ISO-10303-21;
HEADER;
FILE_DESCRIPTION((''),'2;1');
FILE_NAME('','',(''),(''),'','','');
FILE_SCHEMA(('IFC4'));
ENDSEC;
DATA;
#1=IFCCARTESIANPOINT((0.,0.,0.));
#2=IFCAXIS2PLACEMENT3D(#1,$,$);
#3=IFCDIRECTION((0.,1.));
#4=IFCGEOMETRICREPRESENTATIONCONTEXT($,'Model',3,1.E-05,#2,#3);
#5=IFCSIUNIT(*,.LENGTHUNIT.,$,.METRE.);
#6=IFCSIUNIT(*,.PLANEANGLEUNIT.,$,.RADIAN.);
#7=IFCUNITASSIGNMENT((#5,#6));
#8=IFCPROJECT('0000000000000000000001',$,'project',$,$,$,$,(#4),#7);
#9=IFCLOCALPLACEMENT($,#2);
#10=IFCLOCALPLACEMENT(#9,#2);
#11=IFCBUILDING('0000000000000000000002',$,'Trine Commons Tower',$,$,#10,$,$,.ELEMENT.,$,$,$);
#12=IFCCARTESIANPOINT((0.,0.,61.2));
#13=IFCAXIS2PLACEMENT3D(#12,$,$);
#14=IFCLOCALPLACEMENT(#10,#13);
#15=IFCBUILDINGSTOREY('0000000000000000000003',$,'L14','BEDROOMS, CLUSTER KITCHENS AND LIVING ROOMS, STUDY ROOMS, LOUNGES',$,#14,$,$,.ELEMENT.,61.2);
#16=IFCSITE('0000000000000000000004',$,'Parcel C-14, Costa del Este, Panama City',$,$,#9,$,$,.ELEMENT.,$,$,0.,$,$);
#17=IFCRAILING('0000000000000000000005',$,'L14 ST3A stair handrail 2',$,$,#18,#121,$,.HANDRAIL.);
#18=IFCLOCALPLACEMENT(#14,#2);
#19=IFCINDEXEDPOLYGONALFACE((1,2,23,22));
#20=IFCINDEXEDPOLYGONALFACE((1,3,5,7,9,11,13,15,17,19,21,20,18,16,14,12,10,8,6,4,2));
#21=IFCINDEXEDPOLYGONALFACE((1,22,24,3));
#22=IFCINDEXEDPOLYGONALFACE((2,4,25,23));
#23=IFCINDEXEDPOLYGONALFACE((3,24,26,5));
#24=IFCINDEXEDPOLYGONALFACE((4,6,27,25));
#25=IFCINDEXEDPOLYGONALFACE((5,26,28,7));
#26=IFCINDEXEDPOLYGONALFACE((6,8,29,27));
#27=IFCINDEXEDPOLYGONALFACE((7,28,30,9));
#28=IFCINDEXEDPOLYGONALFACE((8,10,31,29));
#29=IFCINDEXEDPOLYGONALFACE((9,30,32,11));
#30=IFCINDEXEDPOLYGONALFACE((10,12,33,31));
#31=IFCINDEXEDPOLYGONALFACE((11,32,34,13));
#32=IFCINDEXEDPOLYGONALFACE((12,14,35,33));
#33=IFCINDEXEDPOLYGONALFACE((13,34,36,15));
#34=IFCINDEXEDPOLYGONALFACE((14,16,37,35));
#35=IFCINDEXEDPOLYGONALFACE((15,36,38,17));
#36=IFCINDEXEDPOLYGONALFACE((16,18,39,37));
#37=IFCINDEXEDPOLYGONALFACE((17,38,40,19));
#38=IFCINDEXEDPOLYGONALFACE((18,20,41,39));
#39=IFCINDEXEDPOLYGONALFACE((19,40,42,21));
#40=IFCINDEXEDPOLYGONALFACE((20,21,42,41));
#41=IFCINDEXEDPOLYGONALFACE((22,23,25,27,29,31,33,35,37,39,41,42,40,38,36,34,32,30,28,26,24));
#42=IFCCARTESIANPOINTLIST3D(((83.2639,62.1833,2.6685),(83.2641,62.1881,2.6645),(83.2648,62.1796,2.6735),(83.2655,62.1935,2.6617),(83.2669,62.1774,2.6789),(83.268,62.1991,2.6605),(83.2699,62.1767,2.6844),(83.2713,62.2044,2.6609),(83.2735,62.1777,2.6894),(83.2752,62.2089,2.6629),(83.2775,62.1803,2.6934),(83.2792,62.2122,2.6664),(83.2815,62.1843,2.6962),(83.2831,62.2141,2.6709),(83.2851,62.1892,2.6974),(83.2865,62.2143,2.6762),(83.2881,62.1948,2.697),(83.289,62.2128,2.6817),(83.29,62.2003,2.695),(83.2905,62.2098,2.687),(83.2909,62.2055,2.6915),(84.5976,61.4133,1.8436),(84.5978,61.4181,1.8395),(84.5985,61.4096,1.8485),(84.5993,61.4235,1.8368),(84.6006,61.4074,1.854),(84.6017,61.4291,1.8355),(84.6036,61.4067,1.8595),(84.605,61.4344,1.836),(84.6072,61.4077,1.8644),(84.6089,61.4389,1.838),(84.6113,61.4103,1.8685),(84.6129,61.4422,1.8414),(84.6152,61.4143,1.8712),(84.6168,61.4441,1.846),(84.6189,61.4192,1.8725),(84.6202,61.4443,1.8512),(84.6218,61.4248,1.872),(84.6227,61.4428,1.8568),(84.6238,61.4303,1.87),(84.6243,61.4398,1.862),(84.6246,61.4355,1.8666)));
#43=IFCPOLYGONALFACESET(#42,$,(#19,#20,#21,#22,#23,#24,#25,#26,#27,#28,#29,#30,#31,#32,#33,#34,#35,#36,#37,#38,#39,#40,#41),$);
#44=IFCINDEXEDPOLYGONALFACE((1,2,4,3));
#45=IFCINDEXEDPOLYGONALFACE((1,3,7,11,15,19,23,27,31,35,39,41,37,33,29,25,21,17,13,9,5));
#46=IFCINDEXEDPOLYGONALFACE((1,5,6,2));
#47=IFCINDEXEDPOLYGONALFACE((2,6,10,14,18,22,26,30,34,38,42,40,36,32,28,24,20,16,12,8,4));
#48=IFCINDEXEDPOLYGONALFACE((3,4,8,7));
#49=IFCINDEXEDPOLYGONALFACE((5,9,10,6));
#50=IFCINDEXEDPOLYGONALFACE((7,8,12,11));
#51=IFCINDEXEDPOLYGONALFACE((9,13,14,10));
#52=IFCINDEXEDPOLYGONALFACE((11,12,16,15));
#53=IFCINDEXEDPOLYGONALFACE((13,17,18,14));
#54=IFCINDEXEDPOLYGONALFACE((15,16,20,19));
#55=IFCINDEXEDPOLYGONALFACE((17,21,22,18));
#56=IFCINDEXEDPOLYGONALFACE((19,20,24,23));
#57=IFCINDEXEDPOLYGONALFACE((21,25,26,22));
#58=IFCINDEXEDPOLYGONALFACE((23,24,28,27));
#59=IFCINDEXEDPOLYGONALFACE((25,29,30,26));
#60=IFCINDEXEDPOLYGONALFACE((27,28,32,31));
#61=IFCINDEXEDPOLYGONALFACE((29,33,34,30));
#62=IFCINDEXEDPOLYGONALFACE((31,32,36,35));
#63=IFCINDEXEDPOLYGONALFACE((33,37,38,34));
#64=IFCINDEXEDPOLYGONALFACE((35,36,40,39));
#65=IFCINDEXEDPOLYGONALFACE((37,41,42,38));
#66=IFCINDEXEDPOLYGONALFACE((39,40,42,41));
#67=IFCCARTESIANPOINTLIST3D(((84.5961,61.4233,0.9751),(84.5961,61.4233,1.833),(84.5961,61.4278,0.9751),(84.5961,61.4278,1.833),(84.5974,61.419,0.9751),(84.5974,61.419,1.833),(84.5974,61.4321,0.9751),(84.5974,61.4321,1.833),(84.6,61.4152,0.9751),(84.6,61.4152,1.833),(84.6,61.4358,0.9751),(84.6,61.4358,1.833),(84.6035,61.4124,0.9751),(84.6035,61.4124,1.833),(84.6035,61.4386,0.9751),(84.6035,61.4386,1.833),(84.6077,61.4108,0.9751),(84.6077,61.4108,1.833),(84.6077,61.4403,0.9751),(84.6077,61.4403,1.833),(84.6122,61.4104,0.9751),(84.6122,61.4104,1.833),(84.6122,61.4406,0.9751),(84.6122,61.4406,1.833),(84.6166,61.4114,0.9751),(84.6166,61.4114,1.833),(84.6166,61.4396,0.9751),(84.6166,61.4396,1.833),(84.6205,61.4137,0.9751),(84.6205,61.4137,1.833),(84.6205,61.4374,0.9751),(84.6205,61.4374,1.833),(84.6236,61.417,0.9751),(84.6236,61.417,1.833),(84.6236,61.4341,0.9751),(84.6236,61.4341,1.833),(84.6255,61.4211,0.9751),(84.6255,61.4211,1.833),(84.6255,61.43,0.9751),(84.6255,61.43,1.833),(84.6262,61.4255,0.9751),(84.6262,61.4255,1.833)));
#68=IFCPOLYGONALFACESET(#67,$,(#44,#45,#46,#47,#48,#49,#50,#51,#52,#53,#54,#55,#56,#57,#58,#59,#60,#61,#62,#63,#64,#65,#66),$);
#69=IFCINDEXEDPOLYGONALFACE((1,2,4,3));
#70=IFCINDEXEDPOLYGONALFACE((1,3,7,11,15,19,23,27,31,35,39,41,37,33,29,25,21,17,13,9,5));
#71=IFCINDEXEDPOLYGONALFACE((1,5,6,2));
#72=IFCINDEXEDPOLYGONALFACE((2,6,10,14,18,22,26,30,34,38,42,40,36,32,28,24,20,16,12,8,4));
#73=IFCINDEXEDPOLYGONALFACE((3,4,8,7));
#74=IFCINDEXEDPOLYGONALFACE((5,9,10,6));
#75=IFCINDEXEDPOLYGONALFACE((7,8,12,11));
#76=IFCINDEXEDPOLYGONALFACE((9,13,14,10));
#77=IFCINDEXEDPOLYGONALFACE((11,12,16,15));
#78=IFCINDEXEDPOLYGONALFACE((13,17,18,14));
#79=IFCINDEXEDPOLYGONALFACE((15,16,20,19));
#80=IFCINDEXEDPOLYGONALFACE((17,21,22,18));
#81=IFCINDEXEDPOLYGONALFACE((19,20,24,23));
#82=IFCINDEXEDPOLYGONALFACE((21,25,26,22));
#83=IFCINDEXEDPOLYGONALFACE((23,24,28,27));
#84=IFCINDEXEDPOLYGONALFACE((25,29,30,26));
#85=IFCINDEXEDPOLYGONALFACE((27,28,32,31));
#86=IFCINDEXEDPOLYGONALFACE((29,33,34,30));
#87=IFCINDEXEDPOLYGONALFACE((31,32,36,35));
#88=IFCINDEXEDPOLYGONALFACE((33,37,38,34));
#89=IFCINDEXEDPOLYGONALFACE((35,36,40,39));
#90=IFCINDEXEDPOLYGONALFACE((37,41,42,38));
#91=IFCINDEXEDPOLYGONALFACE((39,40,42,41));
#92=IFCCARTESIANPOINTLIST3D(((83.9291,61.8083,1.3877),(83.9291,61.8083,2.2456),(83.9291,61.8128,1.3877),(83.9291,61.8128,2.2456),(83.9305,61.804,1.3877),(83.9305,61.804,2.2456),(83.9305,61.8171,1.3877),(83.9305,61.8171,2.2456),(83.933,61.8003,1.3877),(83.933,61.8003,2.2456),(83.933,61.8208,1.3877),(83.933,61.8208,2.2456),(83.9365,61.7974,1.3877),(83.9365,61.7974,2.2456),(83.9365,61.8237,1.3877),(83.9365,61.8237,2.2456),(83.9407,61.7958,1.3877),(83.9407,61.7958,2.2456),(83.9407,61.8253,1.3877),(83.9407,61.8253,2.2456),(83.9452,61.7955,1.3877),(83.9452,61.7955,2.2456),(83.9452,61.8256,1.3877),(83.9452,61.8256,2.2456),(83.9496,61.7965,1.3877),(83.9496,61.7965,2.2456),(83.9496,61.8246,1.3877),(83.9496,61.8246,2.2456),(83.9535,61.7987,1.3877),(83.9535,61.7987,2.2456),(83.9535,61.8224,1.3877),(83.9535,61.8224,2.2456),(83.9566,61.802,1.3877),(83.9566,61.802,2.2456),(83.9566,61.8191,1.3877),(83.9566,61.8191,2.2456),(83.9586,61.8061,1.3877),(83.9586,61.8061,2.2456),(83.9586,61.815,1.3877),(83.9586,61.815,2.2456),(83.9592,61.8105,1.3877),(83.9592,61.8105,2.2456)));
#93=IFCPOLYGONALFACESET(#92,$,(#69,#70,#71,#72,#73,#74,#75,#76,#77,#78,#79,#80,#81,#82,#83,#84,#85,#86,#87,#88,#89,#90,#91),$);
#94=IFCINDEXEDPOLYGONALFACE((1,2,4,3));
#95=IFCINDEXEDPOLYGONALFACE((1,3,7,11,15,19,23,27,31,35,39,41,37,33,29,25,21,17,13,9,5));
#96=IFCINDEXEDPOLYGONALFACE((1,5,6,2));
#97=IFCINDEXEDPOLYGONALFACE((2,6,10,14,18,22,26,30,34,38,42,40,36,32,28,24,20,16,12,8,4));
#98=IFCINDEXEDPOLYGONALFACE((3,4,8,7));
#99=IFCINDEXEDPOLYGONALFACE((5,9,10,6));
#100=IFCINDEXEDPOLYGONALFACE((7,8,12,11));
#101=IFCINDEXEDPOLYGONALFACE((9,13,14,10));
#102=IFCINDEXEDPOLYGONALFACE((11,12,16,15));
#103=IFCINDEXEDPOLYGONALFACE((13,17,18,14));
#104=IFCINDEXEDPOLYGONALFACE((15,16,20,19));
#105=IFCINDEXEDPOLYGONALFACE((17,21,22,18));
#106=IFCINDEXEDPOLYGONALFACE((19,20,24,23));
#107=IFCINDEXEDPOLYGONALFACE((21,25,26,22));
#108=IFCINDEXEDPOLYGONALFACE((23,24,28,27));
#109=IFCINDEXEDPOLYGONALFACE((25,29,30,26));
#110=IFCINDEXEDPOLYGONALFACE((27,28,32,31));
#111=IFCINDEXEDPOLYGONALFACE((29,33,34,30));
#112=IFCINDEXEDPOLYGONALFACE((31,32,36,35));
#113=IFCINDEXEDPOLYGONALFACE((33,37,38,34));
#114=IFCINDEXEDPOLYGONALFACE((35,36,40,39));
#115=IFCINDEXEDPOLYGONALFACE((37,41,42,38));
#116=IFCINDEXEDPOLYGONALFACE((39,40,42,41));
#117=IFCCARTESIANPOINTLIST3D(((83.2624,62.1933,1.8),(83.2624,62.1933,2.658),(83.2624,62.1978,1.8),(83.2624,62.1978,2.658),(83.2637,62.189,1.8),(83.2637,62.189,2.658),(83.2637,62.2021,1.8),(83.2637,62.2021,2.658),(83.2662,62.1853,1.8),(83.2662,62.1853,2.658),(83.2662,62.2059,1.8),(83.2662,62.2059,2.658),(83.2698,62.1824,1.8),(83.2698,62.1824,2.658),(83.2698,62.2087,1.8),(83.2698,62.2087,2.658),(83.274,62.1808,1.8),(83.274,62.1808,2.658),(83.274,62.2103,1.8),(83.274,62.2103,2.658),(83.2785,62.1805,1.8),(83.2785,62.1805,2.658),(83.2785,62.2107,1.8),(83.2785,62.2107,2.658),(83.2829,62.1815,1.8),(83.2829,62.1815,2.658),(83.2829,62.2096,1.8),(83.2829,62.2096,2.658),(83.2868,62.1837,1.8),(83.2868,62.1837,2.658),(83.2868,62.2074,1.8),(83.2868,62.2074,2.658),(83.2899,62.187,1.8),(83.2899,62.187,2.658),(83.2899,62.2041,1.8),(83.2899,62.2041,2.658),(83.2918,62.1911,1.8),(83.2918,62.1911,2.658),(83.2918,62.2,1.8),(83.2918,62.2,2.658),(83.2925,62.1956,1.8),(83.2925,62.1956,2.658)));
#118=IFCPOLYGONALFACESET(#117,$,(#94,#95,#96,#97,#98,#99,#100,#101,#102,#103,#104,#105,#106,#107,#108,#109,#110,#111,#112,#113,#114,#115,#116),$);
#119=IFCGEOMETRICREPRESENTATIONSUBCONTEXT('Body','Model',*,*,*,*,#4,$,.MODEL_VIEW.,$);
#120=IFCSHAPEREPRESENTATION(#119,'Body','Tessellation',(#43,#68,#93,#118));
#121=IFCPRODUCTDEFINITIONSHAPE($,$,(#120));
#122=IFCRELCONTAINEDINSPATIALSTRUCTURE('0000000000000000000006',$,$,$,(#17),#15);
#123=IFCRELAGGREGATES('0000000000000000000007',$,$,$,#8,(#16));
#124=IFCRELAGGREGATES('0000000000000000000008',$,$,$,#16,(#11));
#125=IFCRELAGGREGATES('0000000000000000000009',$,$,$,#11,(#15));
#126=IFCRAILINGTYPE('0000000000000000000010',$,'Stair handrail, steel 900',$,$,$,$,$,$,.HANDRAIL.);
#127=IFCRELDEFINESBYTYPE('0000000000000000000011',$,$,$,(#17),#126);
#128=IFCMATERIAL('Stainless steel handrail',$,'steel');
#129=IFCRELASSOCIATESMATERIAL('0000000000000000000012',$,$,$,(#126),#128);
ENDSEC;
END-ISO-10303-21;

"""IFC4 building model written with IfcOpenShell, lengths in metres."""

from ifc_helpers import new_model, si_unit, direction, frame, origin, origin_2d, place, context, subcontext, project, spatial, circle, extrude, material, type_object, element, save


model = new_model("IFC4")

# Units and contexts
model_context = context("Model", 3, precision=1e-05, world=origin(), true_north=direction((0.0, 1.0)))
body_context = subcontext(model_context, "Body", "Model", "MODEL_VIEW")
ifc_project = project(units=[si_unit("LENGTHUNIT", "METRE"), si_unit("PLANEANGLEUNIT", "RADIAN")], contexts=[model_context])

# Site, building, storey
site_placement = place(None, origin())
site = spatial("IfcSite", under=ifc_project, at=site_placement, Name="Parcel C-14, Costa del Este, Panama City", CompositionType="ELEMENT", RefElevation=0.0)
building_placement = place(site_placement, origin())
building = spatial("IfcBuilding", under=site, at=building_placement, Name="Trine Commons Tower", CompositionType="ELEMENT")
storey_placement = place(building_placement, frame((0.0, 0.0, 61.2)))
storey = spatial("IfcBuildingStorey", under=building, at=storey_placement, Name="L14", Description="BEDROOMS, CLUSTER KITCHENS AND LIVING ROOMS, STUDY ROOMS, LOUNGES", CompositionType="ELEMENT", Elevation=61.2)

# Railing
ifc_material_1 = material(Name="Stainless steel handrail", Category="steel")
railing_type_1 = type_object("IfcRailingType", Name="Stair handrail, steel 900", PredefinedType="HANDRAIL", material=ifc_material_1)
for number, where, name in (
    (1, (84.6111, 61.4255, 0.9751), "L14 ST3A stair handrail 2"),
):
    element("IfcRailing", number, at=place(storey_placement, frame(where)), inside=storey, type_object=railing_type_1, Name=name, PredefinedType="HANDRAIL", context=body_context, shape_type="SweptSolid", body=[
        extrude(circle(Radius=0.021, at=origin_2d()), frame((0.0, 0.0, 0.8789), z_axis=(-0.763405, 0.440743, 0.472185), x_axis=(-0.499992, -0.86603, 0.0)), (0.0, 0.0, 1.0), 1.7471),
        extrude(circle(Radius=0.0151, at=origin_2d()), origin(), (0.0, 0.0, 1.0), 0.8579),
        extrude(circle(Radius=0.0151, at=origin_2d()), frame((-0.667, 0.385, 0.4126)), (0.0, 0.0, 1.0), 0.8579),
        extrude(circle(Radius=0.0151, at=origin_2d()), frame((-1.3337, 0.77, 0.825)), (0.0, 0.0, 1.0), 0.8579),
    ])

save(model, "model.ifc")
